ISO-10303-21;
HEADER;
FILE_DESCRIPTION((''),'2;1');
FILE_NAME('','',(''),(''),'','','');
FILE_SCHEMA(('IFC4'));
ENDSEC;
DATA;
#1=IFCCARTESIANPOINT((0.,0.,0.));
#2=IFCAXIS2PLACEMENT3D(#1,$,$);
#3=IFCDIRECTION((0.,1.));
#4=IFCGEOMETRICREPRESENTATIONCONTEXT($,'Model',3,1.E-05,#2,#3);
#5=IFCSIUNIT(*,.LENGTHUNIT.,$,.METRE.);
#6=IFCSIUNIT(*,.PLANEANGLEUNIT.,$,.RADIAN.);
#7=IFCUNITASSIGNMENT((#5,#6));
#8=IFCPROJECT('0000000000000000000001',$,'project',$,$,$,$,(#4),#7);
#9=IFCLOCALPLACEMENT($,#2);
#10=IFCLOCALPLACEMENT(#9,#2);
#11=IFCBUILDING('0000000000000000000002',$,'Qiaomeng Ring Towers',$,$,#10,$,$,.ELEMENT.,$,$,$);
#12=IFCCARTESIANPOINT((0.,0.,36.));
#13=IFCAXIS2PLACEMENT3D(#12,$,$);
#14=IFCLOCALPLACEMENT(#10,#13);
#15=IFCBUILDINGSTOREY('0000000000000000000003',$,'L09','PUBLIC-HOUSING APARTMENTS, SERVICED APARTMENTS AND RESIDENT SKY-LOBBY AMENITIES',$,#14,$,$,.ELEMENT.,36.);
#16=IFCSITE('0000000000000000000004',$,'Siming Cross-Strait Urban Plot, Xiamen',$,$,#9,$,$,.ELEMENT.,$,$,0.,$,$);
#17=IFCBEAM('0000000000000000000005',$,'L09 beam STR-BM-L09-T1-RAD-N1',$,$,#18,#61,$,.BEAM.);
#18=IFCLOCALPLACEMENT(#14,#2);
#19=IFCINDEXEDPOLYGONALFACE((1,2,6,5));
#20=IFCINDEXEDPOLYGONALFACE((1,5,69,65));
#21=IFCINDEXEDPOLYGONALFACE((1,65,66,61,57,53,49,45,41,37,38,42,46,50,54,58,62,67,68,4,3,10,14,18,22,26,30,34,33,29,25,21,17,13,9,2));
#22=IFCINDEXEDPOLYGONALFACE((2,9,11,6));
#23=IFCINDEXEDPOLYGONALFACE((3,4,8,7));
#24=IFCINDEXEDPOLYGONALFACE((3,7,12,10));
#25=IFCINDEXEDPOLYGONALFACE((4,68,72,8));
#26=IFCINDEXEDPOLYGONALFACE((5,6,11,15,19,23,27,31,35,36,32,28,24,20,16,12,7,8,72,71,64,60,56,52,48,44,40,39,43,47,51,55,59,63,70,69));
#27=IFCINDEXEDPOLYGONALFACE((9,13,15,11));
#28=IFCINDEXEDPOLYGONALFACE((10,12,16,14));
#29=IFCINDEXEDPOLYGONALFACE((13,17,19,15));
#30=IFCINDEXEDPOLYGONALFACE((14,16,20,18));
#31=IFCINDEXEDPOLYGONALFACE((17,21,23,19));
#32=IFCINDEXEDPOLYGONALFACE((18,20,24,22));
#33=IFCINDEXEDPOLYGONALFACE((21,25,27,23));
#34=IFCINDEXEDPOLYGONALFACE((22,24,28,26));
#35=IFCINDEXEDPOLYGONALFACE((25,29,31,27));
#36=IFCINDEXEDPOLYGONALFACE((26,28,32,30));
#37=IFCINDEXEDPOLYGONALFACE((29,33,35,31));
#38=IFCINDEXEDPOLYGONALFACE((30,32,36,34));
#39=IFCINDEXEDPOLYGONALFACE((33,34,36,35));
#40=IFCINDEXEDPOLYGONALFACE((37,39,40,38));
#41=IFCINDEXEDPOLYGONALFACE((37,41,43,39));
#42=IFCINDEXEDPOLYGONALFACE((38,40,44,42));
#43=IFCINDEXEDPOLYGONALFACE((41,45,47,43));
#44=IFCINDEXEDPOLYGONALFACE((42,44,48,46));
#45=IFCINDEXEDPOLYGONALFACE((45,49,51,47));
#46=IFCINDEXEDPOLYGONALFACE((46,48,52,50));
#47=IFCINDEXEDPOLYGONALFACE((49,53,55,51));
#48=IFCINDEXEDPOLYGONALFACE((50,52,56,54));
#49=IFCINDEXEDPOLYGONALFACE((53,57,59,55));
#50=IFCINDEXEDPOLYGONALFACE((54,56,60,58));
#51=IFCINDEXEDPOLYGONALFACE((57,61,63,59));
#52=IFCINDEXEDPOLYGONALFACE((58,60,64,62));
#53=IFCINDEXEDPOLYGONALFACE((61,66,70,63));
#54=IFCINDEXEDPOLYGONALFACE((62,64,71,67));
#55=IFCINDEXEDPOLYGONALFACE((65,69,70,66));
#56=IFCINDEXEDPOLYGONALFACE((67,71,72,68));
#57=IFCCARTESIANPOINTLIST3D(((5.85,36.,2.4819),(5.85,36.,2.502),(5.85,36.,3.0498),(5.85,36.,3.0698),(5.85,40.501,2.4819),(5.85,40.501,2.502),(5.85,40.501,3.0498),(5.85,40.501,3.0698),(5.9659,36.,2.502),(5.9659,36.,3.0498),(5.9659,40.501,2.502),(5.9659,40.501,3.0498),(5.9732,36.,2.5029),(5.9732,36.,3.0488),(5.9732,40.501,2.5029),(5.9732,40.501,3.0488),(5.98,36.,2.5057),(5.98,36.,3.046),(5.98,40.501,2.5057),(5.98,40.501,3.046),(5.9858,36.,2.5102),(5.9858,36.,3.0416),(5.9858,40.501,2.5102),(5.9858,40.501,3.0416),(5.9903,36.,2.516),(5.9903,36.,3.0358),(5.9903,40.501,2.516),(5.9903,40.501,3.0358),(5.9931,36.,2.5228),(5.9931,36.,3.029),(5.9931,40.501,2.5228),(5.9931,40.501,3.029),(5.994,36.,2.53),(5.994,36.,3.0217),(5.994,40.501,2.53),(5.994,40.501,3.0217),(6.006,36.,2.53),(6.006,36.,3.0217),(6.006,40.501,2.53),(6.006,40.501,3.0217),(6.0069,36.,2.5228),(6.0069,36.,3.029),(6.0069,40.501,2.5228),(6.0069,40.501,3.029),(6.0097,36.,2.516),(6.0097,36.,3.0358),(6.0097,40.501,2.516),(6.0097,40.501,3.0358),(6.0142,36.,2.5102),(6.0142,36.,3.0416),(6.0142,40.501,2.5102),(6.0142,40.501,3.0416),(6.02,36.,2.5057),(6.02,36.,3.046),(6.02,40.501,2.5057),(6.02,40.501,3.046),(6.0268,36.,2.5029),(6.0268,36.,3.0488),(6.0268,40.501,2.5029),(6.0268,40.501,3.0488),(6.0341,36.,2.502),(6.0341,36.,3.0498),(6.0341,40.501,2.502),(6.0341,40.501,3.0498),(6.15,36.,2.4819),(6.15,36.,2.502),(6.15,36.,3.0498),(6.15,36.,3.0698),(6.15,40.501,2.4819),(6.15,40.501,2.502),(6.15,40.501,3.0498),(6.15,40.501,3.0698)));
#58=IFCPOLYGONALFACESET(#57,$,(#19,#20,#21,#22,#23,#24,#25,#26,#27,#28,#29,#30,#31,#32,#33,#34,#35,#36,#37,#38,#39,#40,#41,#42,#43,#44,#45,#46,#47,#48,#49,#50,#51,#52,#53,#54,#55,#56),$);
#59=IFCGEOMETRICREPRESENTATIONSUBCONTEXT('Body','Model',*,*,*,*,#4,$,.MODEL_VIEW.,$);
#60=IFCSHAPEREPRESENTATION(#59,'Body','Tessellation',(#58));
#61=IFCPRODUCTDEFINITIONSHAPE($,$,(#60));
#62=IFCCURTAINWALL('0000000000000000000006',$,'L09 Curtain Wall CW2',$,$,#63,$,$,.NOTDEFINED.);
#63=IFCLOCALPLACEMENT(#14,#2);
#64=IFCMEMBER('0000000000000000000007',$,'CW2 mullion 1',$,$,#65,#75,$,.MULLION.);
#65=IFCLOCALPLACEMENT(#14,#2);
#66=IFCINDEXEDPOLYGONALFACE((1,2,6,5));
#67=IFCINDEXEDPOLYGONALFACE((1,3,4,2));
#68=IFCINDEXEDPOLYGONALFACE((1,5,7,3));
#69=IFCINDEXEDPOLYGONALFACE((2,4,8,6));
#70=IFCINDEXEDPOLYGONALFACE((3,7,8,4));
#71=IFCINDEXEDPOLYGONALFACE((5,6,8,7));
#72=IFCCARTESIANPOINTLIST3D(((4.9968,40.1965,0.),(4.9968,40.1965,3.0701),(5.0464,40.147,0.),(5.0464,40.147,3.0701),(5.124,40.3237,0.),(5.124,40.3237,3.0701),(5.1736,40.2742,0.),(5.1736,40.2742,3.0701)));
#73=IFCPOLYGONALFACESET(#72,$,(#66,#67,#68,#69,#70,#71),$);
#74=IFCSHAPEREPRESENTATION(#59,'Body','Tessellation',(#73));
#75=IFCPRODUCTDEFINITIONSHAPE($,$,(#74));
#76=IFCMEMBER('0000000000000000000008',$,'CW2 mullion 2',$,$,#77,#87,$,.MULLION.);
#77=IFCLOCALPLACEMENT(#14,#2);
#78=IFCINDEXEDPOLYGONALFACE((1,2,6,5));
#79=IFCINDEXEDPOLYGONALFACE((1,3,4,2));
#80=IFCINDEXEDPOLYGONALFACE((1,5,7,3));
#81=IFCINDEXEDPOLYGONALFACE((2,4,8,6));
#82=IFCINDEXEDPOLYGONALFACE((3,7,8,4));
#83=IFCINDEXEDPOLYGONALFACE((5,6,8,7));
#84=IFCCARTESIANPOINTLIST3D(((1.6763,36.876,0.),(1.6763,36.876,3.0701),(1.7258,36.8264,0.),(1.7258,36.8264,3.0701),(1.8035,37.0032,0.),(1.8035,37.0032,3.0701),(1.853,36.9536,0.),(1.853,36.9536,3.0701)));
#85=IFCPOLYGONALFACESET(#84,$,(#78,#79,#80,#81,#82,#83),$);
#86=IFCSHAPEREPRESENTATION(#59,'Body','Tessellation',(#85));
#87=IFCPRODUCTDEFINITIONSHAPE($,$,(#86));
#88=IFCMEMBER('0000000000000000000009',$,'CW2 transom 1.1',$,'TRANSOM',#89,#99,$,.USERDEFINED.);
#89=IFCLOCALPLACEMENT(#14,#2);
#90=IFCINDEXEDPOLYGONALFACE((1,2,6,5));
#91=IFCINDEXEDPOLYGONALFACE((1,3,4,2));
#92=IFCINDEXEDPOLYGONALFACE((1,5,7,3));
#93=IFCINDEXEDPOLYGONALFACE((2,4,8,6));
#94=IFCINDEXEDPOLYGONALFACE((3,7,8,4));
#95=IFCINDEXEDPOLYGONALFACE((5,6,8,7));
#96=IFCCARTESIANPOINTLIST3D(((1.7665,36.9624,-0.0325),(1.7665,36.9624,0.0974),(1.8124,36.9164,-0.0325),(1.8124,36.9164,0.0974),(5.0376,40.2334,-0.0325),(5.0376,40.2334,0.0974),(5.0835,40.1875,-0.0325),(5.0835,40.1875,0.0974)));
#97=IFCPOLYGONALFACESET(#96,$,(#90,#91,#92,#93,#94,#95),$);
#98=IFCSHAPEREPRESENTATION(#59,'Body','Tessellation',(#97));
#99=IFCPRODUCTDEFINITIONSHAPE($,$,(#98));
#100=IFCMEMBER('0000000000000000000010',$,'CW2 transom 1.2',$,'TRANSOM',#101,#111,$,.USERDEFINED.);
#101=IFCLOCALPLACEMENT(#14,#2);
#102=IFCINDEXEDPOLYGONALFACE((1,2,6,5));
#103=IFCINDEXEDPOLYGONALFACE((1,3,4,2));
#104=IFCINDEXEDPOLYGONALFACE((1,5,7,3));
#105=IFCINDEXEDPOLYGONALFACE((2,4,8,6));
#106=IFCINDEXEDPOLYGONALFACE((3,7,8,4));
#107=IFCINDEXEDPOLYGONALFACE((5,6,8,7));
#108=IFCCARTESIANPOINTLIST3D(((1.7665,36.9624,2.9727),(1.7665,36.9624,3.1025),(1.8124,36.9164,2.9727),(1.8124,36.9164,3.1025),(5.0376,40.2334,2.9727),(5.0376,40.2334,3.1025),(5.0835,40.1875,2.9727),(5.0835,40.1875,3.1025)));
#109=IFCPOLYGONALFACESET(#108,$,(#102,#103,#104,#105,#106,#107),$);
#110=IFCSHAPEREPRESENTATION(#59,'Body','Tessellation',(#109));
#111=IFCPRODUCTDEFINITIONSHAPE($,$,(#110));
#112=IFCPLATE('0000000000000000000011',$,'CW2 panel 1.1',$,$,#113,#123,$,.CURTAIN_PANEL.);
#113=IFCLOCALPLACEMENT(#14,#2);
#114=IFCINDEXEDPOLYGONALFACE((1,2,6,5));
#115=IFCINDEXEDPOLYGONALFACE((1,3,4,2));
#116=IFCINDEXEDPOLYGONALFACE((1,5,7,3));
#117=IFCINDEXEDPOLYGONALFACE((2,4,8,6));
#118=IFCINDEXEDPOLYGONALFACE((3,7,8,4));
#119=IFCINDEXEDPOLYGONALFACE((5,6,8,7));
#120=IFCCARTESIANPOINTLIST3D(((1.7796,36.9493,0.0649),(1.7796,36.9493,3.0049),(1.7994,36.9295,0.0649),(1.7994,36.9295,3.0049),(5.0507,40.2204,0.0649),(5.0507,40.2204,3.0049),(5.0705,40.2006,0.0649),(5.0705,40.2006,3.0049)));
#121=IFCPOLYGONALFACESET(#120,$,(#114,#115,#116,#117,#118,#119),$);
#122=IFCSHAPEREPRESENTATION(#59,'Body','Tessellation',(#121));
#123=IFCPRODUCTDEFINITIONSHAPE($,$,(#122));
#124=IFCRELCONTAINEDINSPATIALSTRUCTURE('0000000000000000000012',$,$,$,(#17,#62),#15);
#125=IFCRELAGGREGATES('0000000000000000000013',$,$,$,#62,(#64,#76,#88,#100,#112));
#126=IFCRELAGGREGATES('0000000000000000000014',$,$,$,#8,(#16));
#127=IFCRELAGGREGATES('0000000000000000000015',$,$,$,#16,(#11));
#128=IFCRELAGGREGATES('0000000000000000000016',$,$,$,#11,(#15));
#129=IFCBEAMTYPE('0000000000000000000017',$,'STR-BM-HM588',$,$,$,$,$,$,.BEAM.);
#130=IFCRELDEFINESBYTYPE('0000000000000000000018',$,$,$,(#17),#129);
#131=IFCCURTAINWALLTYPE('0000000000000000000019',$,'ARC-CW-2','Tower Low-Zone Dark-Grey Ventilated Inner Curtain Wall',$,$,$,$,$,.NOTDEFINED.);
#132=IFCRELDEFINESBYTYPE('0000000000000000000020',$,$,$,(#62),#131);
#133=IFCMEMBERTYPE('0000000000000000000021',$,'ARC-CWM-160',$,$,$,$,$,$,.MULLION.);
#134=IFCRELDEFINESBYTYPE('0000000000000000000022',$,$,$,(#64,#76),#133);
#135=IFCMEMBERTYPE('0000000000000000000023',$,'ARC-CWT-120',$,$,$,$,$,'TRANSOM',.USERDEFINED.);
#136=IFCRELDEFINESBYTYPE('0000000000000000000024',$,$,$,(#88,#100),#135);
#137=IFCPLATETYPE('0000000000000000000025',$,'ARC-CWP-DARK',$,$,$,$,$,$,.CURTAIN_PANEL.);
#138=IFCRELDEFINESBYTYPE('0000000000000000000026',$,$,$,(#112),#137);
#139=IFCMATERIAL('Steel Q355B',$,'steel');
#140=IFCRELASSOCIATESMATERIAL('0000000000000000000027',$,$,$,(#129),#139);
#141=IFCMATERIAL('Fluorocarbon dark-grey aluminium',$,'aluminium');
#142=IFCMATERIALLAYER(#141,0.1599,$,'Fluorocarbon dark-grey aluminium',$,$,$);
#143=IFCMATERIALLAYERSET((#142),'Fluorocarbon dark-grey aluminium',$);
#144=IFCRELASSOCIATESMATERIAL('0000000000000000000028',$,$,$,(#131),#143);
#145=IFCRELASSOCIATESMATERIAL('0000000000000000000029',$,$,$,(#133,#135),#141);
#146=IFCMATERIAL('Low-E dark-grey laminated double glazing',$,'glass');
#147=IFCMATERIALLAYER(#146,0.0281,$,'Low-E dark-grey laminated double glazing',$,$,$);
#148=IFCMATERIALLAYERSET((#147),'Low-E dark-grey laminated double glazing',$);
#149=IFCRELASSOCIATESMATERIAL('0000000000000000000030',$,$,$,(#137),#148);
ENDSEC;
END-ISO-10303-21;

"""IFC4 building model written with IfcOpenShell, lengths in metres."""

from ifc_helpers import new_model, si_unit, direction, frame, origin, origin_2d, place, context, subcontext, project, spatial, rectangle, i_section, extrude, source, transform, mapped, material, layer, layer_set, material_profile, profile_set, type_object, element, aggregate, save


model = new_model("IFC4")

# Units and contexts
model_context = context("Model", 3, precision=1e-05, world=origin(), true_north=direction((0.0, 1.0)))
body_context = subcontext(model_context, "Body", "Model", "MODEL_VIEW")
ifc_project = project(units=[si_unit("LENGTHUNIT", "METRE"), si_unit("PLANEANGLEUNIT", "RADIAN")], contexts=[model_context])

# Site, building, storey
site_placement = place(None, origin())
site = spatial("IfcSite", under=ifc_project, at=site_placement, Name="Siming Cross-Strait Urban Plot, Xiamen", CompositionType="ELEMENT", RefElevation=0.0)
building_placement = place(site_placement, origin())
building = spatial("IfcBuilding", under=site, at=building_placement, Name="Qiaomeng Ring Towers", CompositionType="ELEMENT")
storey_placement = place(building_placement, frame((0.0, 0.0, 36.0)))
storey = spatial("IfcBuildingStorey", under=building, at=storey_placement, Name="L09", Description="PUBLIC-HOUSING APARTMENTS, SERVICED APARTMENTS AND RESIDENT SKY-LOBBY AMENITIES", CompositionType="ELEMENT", Elevation=36.0)

# Beam
ifc_material_1 = material(Name="Steel Q355B", Category="steel")
ifc_material_profile_1 = material_profile(ifc_material_1, i_section(OverallWidth=0.3, OverallDepth=0.5879, WebThickness=0.012, FlangeThickness=0.02, FilletRadius=0.0281, at=origin_2d()), Name="HM 588x300x12x20")
ifc_profile_set_1 = profile_set([ifc_material_profile_1], Name="Steel Q355B")
beam_type_1 = type_object("IfcBeamType", Name="STR-BM-HM588", PredefinedType="BEAM", material=ifc_profile_set_1)
shared_shape_1 = source(origin(), body_context, "Body", "SweptSolid", [
    extrude(i_section(OverallWidth=0.3, OverallDepth=0.5879, WebThickness=0.012, FlangeThickness=0.02, FilletRadius=0.0281, at=origin_2d()), origin(), (0.0, 0.0, 1.0), 4.501),
])
beam_1_placement = place(storey_placement, frame((6.0, 40.501, 2.7759), z_axis=(0.0, -1.0, 0.0), x_axis=(1.0, 0.0, 0.0)))
element("IfcBeam", 1, at=beam_1_placement, inside=storey, type_object=beam_type_1, Name="L09 beam STR-BM-L09-T1-RAD-N1", PredefinedType="BEAM", context=body_context, shape_type="MappedRepresentation", body=[
    mapped(shared_shape_1, transform((0.0, 0.0, 0.0), x_axis=(1.0, 0.0, 0.0), y_axis=(0.0, 1.0, 0.0), z_axis=(0.0, 0.0, 1.0), scale=1.0)),
])

# Curtain wall, members, plate
ifc_material_2 = material(Name="Fluorocarbon dark-grey aluminium", Category="aluminium")
ifc_layer_1 = layer(ifc_material_2, 0.1599, Name="Fluorocarbon dark-grey aluminium")
ifc_layer_set_1 = layer_set([ifc_layer_1], Name="Fluorocarbon dark-grey aluminium")
curtain_wall_type = type_object("IfcCurtainWallType", Name="ARC-CW-2", Description="Tower Low-Zone Dark-Grey Ventilated Inner Curtain Wall", PredefinedType="NOTDEFINED", material=ifc_layer_set_1)
curtain_wall_placement = place(storey_placement, origin())
curtain_wall = element("IfcCurtainWall", 2, at=curtain_wall_placement, inside=storey, type_object=curtain_wall_type, Name="L09 Curtain Wall CW2", PredefinedType="NOTDEFINED")
ifc_material_profile_2 = material_profile(ifc_material_2, rectangle(XDim=0.0701, YDim=0.1799, at=origin_2d()), Name="ALU MULL 70x180")
ifc_profile_set_2 = profile_set([ifc_material_profile_2], Name="Fluorocarbon dark-grey aluminium")
member_type_1 = type_object("IfcMemberType", Name="ARC-CWM-160", PredefinedType="MULLION", material=ifc_profile_set_2)
shared_shape_2 = source(origin(), body_context, "Body", "SweptSolid", [
    extrude(rectangle(XDim=0.0701, YDim=0.1799, at=origin_2d()), origin(), (0.0, 0.0, 1.0), 3.0701),
])
member_1_placement = place(storey_placement, frame((5.0852, 40.2354, 0.0), z_axis=(0.0, 0.0, 1.0), x_axis=(0.707107, -0.707107, 0.0)))
member_1 = element("IfcMember", 3, at=member_1_placement, type_object=member_type_1, Name="CW2 mullion 1", PredefinedType="MULLION", context=body_context, shape_type="MappedRepresentation", body=[
    mapped(shared_shape_2, transform((0.0, 0.0, 0.0), x_axis=(1.0, 0.0, 0.0), y_axis=(0.0, 1.0, 0.0), z_axis=(0.0, 0.0, 1.0), scale=1.0)),
])
member_2_placement = place(storey_placement, frame((1.7646, 36.9148, 0.0), z_axis=(0.0, 0.0, 1.0), x_axis=(0.707107, -0.707107, 0.0)))
member_2 = element("IfcMember", 4, at=member_2_placement, type_object=member_type_1, Name="CW2 mullion 2", PredefinedType="MULLION", context=body_context, shape_type="MappedRepresentation", body=[
    mapped(shared_shape_2, transform((0.0, 0.0, 0.0), x_axis=(1.0, 0.0, 0.0), y_axis=(0.0, 1.0, 0.0), z_axis=(0.0, 0.0, 1.0), scale=1.0)),
])
ifc_material_profile_3 = material_profile(ifc_material_2, rectangle(XDim=0.0649, YDim=0.1299, at=origin_2d()), Name="ALU TRAN 65x130")
ifc_profile_set_3 = profile_set([ifc_material_profile_3], Name="Fluorocarbon dark-grey aluminium")
member_type_2 = type_object("IfcMemberType", Name="ARC-CWT-120", ElementType="TRANSOM", PredefinedType="USERDEFINED", material=ifc_profile_set_3)
shared_shape_3 = source(origin(), body_context, "Body", "SweptSolid", [
    extrude(rectangle(XDim=0.0649, YDim=0.1299, at=origin_2d()), origin(), (0.0, 0.0, 1.0), 4.626),
])
member_3_placement = place(storey_placement, frame((5.0605, 40.2104, 0.0325), z_axis=(-0.707107, -0.707107, 0.0), x_axis=(0.707107, -0.707107, 0.0)))
member_3 = element("IfcMember", 5, at=member_3_placement, type_object=member_type_2, Name="CW2 transom 1.1", ObjectType="TRANSOM", PredefinedType="USERDEFINED", context=body_context, shape_type="MappedRepresentation", body=[
    mapped(shared_shape_3, transform((0.0, 0.0, 0.0), x_axis=(1.0, 0.0, 0.0), y_axis=(0.0, 1.0, 0.0), z_axis=(0.0, 0.0, 1.0), scale=1.0)),
])
member_4_placement = place(storey_placement, frame((5.0605, 40.2104, 3.0376), z_axis=(-0.707107, -0.707107, 0.0), x_axis=(0.707107, -0.707107, 0.0)))
member_4 = element("IfcMember", 6, at=member_4_placement, type_object=member_type_2, Name="CW2 transom 1.2", ObjectType="TRANSOM", PredefinedType="USERDEFINED", context=body_context, shape_type="MappedRepresentation", body=[
    mapped(shared_shape_3, transform((0.0, 0.0, 0.0), x_axis=(1.0, 0.0, 0.0), y_axis=(0.0, 1.0, 0.0), z_axis=(0.0, 0.0, 1.0), scale=1.0)),
])
ifc_material_3 = material(Name="Low-E dark-grey laminated double glazing", Category="glass")
ifc_layer_2 = layer(ifc_material_3, 0.0281, Name="Low-E dark-grey laminated double glazing")
ifc_layer_set_2 = layer_set([ifc_layer_2], Name="Low-E dark-grey laminated double glazing")
plate_type = type_object("IfcPlateType", Name="ARC-CWP-DARK", PredefinedType="CURTAIN_PANEL", material=ifc_layer_set_2)
shared_shape_4 = source(origin(), body_context, "Body", "SweptSolid", [
    extrude(rectangle(XDim=4.626, YDim=0.0281, at=origin_2d()), origin(), (0.0, 0.0, 1.0), 2.9399),
])
plate_placement = place(storey_placement, frame((3.425, 38.575, 0.0649), z_axis=(0.0, 0.0, 1.0), x_axis=(-0.707107, -0.707107, 0.0)))
plate = element("IfcPlate", 7, at=plate_placement, type_object=plate_type, Name="CW2 panel 1.1", PredefinedType="CURTAIN_PANEL", context=body_context, shape_type="MappedRepresentation", body=[
    mapped(shared_shape_4, transform((0.0, 0.0, 0.0), x_axis=(1.0, 0.0, 0.0), y_axis=(0.0, 1.0, 0.0), z_axis=(0.0, 0.0, 1.0), scale=1.0)),
])
aggregate(curtain_wall, [member_1, member_2, member_3, member_4, plate])

save(model, "model.ifc")
